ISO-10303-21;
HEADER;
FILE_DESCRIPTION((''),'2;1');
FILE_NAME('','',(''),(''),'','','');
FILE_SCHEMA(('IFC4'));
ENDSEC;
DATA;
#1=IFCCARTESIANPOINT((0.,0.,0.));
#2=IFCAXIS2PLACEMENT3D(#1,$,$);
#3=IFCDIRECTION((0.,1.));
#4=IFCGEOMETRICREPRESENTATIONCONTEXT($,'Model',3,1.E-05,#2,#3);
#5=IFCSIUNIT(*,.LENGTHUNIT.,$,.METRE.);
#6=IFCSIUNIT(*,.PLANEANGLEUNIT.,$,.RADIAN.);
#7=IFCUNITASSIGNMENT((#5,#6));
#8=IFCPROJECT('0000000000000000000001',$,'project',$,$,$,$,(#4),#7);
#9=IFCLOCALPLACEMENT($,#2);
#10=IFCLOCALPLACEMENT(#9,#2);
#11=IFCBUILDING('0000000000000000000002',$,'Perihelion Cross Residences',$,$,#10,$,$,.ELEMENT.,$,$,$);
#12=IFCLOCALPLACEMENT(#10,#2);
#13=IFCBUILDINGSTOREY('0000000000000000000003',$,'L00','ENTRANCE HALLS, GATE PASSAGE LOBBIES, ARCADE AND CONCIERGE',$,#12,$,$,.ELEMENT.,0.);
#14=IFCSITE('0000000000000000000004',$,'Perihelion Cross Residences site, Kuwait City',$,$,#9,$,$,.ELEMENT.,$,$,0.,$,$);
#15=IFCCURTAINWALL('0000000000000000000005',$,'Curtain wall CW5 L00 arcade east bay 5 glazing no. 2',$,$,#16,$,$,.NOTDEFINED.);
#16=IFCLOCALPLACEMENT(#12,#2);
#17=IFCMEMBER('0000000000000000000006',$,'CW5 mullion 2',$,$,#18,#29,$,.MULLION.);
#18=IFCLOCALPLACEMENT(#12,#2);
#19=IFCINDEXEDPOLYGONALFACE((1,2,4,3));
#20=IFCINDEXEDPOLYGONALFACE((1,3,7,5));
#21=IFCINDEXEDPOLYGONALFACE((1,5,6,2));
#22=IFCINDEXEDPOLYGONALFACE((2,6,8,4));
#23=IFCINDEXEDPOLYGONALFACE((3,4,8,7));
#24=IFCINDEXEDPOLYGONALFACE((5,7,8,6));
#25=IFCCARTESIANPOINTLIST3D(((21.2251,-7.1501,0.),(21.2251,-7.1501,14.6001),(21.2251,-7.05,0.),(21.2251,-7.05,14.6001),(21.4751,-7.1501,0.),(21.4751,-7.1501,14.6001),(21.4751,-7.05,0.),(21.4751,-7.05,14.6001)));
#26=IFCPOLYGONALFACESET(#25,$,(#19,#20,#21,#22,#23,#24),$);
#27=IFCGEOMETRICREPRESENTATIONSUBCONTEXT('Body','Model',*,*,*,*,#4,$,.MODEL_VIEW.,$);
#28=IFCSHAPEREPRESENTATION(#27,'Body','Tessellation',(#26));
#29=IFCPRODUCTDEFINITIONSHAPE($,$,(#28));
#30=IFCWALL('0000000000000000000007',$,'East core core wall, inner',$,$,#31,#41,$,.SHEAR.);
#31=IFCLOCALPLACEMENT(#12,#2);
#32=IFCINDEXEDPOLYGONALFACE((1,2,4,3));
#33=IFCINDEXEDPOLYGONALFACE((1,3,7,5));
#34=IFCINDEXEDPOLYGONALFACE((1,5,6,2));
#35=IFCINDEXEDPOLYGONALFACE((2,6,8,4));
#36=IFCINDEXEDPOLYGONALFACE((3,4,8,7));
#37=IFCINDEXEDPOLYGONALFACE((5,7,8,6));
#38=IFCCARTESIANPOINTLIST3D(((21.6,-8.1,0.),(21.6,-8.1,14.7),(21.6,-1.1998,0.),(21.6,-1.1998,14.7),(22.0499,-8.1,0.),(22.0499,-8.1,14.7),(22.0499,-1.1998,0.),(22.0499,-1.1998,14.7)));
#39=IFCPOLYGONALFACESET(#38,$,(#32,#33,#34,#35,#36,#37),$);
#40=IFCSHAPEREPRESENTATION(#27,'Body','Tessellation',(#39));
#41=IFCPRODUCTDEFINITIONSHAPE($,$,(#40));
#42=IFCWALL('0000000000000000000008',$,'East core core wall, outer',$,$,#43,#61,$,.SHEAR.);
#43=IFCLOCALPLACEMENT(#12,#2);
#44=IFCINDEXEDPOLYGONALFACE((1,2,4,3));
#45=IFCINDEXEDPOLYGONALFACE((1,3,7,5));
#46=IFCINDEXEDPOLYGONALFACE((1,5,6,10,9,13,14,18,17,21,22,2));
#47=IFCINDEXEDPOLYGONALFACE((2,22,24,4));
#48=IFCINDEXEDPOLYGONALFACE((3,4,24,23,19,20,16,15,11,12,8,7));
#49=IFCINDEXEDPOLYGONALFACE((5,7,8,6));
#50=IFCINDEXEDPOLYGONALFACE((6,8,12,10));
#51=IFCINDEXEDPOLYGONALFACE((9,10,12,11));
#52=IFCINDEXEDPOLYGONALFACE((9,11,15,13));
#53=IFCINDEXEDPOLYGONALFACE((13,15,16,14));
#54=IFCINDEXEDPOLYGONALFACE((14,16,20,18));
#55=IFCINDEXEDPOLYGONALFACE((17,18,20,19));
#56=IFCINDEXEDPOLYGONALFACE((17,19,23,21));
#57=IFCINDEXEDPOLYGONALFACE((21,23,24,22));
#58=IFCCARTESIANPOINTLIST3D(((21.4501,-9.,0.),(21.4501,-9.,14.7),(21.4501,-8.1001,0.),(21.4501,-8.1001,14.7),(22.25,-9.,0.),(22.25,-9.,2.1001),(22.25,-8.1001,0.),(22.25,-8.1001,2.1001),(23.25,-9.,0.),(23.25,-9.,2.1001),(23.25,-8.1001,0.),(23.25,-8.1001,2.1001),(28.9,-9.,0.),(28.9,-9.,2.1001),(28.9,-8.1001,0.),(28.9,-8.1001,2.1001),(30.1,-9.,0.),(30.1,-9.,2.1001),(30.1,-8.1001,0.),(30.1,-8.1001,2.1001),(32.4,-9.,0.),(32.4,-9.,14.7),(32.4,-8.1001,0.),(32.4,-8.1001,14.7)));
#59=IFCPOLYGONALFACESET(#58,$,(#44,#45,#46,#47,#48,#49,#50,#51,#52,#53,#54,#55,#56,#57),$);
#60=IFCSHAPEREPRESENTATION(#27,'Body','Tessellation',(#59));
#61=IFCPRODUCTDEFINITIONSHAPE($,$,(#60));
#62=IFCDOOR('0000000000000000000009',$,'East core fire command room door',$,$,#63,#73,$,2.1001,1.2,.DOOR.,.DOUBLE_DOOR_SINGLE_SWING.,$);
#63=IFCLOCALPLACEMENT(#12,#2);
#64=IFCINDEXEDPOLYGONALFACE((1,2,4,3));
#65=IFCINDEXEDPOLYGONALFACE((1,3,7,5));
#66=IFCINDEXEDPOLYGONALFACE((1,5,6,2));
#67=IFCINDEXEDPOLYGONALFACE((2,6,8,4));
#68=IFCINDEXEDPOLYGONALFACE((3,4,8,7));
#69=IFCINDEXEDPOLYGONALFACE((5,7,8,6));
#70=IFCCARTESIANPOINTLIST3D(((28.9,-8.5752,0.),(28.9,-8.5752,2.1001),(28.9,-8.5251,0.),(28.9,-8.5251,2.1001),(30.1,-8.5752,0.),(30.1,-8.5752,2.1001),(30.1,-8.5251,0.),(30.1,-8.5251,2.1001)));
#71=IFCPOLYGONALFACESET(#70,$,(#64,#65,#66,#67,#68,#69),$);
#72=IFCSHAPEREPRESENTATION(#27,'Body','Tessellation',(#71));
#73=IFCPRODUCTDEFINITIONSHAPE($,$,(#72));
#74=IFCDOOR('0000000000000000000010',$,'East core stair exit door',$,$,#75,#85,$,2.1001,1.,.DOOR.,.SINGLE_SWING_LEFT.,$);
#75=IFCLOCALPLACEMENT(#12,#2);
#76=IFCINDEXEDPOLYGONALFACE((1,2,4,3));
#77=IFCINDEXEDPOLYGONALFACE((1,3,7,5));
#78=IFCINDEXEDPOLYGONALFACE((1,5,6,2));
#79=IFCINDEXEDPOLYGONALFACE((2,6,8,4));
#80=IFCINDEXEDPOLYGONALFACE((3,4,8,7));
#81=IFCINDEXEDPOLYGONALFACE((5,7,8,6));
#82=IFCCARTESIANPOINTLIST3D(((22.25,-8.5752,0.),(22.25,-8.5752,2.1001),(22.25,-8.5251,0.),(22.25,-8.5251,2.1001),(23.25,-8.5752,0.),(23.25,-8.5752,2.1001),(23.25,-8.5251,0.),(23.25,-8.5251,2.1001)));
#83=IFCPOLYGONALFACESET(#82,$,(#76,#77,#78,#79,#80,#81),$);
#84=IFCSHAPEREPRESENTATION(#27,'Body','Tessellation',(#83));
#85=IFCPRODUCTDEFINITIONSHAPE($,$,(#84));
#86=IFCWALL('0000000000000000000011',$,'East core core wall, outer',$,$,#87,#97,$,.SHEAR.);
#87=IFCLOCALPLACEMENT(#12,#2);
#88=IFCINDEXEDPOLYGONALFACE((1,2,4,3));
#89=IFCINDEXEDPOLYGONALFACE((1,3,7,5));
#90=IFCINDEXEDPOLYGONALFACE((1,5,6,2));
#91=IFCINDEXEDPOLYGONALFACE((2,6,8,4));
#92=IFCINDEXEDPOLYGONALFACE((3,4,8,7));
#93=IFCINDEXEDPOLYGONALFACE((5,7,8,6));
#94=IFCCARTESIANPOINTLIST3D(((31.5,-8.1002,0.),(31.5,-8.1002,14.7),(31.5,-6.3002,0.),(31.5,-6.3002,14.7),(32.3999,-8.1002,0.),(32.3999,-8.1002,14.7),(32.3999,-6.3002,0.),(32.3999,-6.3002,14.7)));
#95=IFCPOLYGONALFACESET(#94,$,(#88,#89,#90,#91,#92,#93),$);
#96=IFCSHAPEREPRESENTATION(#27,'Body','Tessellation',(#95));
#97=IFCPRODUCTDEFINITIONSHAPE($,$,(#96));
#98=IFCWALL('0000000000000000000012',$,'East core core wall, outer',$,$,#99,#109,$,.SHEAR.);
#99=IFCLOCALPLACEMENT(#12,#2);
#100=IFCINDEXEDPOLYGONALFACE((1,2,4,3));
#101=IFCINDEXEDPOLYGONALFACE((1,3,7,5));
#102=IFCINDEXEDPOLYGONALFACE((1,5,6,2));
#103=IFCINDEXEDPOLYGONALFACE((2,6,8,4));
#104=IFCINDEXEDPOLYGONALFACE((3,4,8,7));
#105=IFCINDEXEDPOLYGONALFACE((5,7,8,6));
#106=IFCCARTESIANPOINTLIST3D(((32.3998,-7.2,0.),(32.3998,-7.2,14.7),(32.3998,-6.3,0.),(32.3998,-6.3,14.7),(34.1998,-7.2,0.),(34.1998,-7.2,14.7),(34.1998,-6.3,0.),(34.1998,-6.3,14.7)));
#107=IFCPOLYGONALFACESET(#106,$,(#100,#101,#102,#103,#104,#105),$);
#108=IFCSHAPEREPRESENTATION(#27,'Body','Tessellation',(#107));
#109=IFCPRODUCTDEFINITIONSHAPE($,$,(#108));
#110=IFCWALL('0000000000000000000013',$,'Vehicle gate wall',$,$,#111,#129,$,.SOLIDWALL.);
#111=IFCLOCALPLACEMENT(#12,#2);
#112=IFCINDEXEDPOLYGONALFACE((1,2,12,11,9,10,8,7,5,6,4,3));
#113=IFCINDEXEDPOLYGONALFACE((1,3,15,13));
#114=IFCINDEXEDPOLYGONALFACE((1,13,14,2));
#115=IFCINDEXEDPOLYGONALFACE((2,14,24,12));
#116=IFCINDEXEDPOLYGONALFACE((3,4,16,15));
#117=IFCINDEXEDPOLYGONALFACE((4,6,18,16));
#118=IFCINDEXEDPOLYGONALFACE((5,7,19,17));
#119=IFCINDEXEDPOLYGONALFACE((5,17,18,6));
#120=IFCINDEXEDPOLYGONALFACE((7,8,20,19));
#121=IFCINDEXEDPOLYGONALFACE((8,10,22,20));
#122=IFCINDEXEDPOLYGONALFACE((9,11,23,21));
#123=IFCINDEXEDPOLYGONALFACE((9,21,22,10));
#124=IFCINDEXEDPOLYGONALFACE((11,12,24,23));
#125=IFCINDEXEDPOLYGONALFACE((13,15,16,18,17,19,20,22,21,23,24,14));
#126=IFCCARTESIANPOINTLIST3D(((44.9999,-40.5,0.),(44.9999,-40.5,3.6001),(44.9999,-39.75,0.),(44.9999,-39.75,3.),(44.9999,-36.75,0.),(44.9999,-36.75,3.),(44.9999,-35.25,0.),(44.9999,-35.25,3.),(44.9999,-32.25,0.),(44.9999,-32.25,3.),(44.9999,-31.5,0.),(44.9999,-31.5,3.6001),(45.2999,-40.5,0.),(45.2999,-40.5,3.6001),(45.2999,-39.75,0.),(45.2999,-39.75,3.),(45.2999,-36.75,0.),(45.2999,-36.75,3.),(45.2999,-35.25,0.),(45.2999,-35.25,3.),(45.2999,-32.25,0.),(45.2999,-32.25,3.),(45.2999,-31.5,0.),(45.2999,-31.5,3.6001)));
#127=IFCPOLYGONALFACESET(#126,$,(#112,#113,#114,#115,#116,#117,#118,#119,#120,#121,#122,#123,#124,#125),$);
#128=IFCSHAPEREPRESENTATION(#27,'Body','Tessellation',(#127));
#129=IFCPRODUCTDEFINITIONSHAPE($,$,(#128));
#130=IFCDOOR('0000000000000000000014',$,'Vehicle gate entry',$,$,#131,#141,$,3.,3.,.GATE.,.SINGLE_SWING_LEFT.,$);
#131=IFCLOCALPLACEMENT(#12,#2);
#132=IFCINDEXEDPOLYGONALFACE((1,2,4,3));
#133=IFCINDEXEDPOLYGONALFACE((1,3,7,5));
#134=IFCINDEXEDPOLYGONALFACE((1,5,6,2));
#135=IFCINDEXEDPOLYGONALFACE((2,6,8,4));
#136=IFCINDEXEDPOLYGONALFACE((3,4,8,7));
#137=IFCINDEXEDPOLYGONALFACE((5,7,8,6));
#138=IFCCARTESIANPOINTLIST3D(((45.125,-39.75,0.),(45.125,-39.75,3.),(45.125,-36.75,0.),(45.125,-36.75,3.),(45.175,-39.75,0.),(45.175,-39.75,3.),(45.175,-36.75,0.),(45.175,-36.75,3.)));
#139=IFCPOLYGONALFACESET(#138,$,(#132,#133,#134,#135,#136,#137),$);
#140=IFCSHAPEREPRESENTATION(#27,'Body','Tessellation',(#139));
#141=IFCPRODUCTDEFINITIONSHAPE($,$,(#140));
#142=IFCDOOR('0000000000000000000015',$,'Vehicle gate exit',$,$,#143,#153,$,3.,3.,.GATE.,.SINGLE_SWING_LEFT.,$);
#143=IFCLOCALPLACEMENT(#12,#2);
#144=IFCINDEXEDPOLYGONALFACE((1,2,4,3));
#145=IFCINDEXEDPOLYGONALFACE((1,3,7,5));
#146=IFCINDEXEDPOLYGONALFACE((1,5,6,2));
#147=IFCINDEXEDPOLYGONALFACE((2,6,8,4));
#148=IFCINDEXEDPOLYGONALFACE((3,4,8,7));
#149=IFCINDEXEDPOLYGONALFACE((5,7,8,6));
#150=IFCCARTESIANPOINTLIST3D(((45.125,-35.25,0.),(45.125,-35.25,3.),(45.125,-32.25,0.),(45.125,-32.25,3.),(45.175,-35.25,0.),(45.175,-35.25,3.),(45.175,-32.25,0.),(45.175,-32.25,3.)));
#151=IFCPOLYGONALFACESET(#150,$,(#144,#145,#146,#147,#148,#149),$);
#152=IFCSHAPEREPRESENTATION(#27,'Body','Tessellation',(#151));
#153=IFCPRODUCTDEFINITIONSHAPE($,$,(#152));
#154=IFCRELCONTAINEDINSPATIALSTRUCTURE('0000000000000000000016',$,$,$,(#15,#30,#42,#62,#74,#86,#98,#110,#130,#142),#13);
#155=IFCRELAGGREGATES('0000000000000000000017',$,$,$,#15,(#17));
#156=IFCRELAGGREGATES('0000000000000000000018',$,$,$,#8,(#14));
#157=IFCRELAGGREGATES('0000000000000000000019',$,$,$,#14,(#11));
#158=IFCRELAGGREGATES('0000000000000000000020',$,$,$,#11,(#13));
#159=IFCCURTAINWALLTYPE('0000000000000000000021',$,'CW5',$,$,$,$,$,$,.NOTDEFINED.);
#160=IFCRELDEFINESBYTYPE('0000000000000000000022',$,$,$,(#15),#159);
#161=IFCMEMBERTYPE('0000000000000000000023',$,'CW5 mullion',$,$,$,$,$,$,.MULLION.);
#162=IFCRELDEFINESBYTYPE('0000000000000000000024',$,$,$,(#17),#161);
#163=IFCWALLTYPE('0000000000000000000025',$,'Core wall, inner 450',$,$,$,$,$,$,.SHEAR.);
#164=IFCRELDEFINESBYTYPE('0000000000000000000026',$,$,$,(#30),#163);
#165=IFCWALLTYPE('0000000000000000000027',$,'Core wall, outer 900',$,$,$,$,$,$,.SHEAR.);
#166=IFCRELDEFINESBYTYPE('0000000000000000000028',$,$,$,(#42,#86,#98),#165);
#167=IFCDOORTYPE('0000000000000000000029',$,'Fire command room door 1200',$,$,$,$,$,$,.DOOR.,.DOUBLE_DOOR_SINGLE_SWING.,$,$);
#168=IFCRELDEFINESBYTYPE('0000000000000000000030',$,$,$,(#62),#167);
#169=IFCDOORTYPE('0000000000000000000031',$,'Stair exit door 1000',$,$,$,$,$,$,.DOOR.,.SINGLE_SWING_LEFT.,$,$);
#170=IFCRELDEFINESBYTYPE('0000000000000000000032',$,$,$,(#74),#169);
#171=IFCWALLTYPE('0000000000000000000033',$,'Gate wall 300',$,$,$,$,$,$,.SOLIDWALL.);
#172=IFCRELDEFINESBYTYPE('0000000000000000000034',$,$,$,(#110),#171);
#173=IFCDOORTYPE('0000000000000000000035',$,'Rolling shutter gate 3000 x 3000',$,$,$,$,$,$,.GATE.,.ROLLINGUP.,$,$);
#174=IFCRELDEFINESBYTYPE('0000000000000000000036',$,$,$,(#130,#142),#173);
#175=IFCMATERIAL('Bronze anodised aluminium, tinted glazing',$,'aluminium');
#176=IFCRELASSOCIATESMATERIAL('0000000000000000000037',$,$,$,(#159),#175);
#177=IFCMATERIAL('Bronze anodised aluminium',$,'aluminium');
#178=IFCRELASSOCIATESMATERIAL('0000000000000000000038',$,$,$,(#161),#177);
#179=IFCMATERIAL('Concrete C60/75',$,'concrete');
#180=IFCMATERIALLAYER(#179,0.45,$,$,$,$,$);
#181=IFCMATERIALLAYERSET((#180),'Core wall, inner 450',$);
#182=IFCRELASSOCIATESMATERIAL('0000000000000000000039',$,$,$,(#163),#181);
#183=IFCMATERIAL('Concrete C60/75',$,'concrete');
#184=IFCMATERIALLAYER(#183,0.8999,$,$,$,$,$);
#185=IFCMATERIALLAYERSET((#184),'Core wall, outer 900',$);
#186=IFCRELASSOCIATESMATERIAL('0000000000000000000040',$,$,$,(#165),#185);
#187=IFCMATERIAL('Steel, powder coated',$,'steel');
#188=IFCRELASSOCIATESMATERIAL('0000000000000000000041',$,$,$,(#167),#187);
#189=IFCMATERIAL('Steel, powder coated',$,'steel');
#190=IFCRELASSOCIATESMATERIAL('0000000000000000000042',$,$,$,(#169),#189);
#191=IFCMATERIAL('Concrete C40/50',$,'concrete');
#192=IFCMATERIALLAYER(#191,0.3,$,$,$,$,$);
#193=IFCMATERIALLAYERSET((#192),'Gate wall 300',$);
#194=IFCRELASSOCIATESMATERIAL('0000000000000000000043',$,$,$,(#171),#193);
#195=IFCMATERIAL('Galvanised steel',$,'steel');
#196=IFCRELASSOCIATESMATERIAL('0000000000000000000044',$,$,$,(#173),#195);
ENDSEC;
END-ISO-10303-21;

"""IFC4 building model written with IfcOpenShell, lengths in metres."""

from ifc_helpers import new_model, si_unit, direction, frame, frame_2d, origin, origin_2d, place, context, subcontext, project, spatial, rectangle, extrude, material, layer, layer_set, material_profile, profile_set, type_object, element, fill, aggregate, save


model = new_model("IFC4")

# Units and contexts
model_context = context("Model", 3, precision=1e-05, world=origin(), true_north=direction((0.0, 1.0)))
body_context = subcontext(model_context, "Body", "Model", "MODEL_VIEW")
ifc_project = project(units=[si_unit("LENGTHUNIT", "METRE"), si_unit("PLANEANGLEUNIT", "RADIAN")], contexts=[model_context])

# Site, building, storey
site_placement = place(None, origin())
site = spatial("IfcSite", under=ifc_project, at=site_placement, Name="Perihelion Cross Residences site, Kuwait City", CompositionType="ELEMENT", RefElevation=0.0)
building_placement = place(site_placement, origin())
building = spatial("IfcBuilding", under=site, at=building_placement, Name="Perihelion Cross Residences", CompositionType="ELEMENT")
storey_placement = place(building_placement, origin())
storey = spatial("IfcBuildingStorey", under=building, at=storey_placement, Name="L00", Description="ENTRANCE HALLS, GATE PASSAGE LOBBIES, ARCADE AND CONCIERGE", CompositionType="ELEMENT", Elevation=0.0)

# Curtain wall, member
ifc_material_1 = material(Name="Bronze anodised aluminium, tinted glazing", Category="aluminium")
curtain_wall_type = type_object("IfcCurtainWallType", Name="CW5", PredefinedType="NOTDEFINED", material=ifc_material_1)
curtain_wall_placement = place(storey_placement, origin())
curtain_wall = element("IfcCurtainWall", 1, at=curtain_wall_placement, inside=storey, type_object=curtain_wall_type, Name="Curtain wall CW5 L00 arcade east bay 5 glazing no. 2", PredefinedType="NOTDEFINED")
ifc_material_2 = material(Name="Bronze anodised aluminium", Category="aluminium")
ifc_material_profile = material_profile(ifc_material_2, rectangle(XDim=0.1001, YDim=0.25, at=origin_2d()), Name="CW5 mullion")
ifc_profile_set = profile_set([ifc_material_profile], Name="Bronze anodised aluminium")
member_type = type_object("IfcMemberType", Name="CW5 mullion", PredefinedType="MULLION", material=ifc_profile_set)
member_placement = place(storey_placement, frame((21.3501, -7.1001, 0.0), z_axis=(0.0, 0.0, 1.0), x_axis=(0.0, 1.0, 0.0)))
member = element("IfcMember", 2, at=member_placement, type_object=member_type, Name="CW5 mullion 2", PredefinedType="MULLION", context=body_context, shape_type="SweptSolid", body=[
    extrude(rectangle(XDim=0.1001, YDim=0.25, at=origin_2d()), origin(), (0.0, 0.0, 1.0), 14.6001),
])
aggregate(curtain_wall, [member])

# Wall
ifc_material_3 = material(Name="Concrete C60/75", Category="concrete")
ifc_layer_1 = layer(ifc_material_3, 0.45)
ifc_layer_set_1 = layer_set([ifc_layer_1], Name="Core wall, inner 450")
wall_type_1 = type_object("IfcWallType", Name="Core wall, inner 450", PredefinedType="SHEAR", material=ifc_layer_set_1)
wall_1_placement = place(storey_placement, frame((21.825, -8.1001, 0.0), z_axis=(0.0, 0.0, 1.0), x_axis=(0.0, 1.0, 0.0)))
element("IfcWall", 3, at=wall_1_placement, inside=storey, type_object=wall_type_1, Name="East core core wall, inner", PredefinedType="SHEAR", context=body_context, shape_type="SweptSolid", body=[
    extrude(rectangle(XDim=6.9001, YDim=0.45, at=frame_2d((3.4502, 0.0))), origin(), (0.0, 0.0, 1.0), 14.7),
])

# Wall, openings, doors
ifc_material_4 = material(Name="Concrete C60/75", Category="concrete")
ifc_layer_2 = layer(ifc_material_4, 0.8999)
ifc_layer_set_2 = layer_set([ifc_layer_2], Name="Core wall, outer 900")
wall_type_2 = type_object("IfcWallType", Name="Core wall, outer 900", PredefinedType="SHEAR", material=ifc_layer_set_2)
wall_2_placement = place(storey_placement, frame((21.45, -8.55, 0.0), z_axis=(0.0, 0.0, 1.0), x_axis=(1.0, 0.0, 0.0)))
wall_2 = element("IfcWall", 4, at=wall_2_placement, inside=storey, type_object=wall_type_2, Name="East core core wall, outer", PredefinedType="SHEAR", context=body_context, shape_type="SweptSolid", body=[
    extrude(rectangle(XDim=10.95, YDim=0.8999, at=frame_2d((5.4751, 0.0))), origin(), (0.0, 0.0, 1.0), 14.7),
])
opening_1_placement = place(wall_2_placement, frame((0.8, 0.0, 0.0)))
opening_1 = element("IfcOpeningElement", 5, at=opening_1_placement, cuts=wall_2, PredefinedType="OPENING", context=body_context, shape_type="SweptSolid", body=[
    extrude(rectangle(XDim=1.0, YDim=2.1001, at=frame_2d((0.5, 1.05))), frame((0.0, 0.46, 0.0), z_axis=(0.0, -1.0, 0.0), x_axis=(1.0, 0.0, 0.0)), (0.0, 0.0, 1.0), 0.9199),
])
opening_2_placement = place(wall_2_placement, frame((7.45, 0.0, 0.0)))
opening_2 = element("IfcOpeningElement", 6, at=opening_2_placement, cuts=wall_2, PredefinedType="OPENING", context=body_context, shape_type="SweptSolid", body=[
    extrude(rectangle(XDim=1.2, YDim=2.1001, at=frame_2d((0.6001, 1.05))), frame((0.0, 0.46, 0.0), z_axis=(0.0, -1.0, 0.0), x_axis=(1.0, 0.0, 0.0)), (0.0, 0.0, 1.0), 0.9199),
])
ifc_material_5 = material(Name="Steel, powder coated", Category="steel")
door_type_1 = type_object("IfcDoorType", Name="Fire command room door 1200", OperationType="DOUBLE_DOOR_SINGLE_SWING", PredefinedType="DOOR", material=ifc_material_5)
door_1_placement = place(opening_2_placement, origin())
door_1 = element("IfcDoor", 7, at=door_1_placement, inside=storey, type_object=door_type_1, Name="East core fire command room door", OperationType="DOUBLE_DOOR_SINGLE_SWING", OverallHeight=2.1001, OverallWidth=1.2, PredefinedType="DOOR", context=body_context, shape_type="SweptSolid", body=[
    extrude(rectangle(XDim=1.2, YDim=2.1001, at=frame_2d((0.6001, 1.05))), frame((0.0, 0.0249, 0.0), z_axis=(0.0, -1.0, 0.0), x_axis=(1.0, 0.0, 0.0)), (0.0, 0.0, 1.0), 0.05),
])
fill(opening_2, door_1)
ifc_material_6 = material(Name="Steel, powder coated", Category="steel")
door_type_2 = type_object("IfcDoorType", Name="Stair exit door 1000", OperationType="SINGLE_SWING_LEFT", PredefinedType="DOOR", material=ifc_material_6)
door_2_placement = place(opening_1_placement, origin())
door_2 = element("IfcDoor", 8, at=door_2_placement, inside=storey, type_object=door_type_2, Name="East core stair exit door", OperationType="SINGLE_SWING_LEFT", OverallHeight=2.1001, OverallWidth=1.0, PredefinedType="DOOR", context=body_context, shape_type="SweptSolid", body=[
    extrude(rectangle(XDim=1.0, YDim=2.1001, at=frame_2d((0.5, 1.05))), frame((0.0, 0.0249, 0.0), z_axis=(0.0, -1.0, 0.0), x_axis=(1.0, 0.0, 0.0)), (0.0, 0.0, 1.0), 0.05),
])
fill(opening_1, door_2)

# Walls
for number, where, z_axis, x_axis, name in (
    (9, (31.95, -8.1001, 0.0), (0.0, 0.0, 1.0), (0.0, 1.0, 0.0), "East core core wall, outer"),
    (10, (32.3999, -6.75, 0.0), (0.0, 0.0, 1.0), (1.0, 0.0, 0.0), "East core core wall, outer"),
):
    element("IfcWall", number, at=place(storey_placement, frame(where, z_axis=z_axis, x_axis=x_axis)), inside=storey, type_object=wall_type_2, Name=name, PredefinedType="SHEAR", context=body_context, shape_type="SweptSolid", body=[
        extrude(rectangle(XDim=1.8, YDim=0.8999, at=frame_2d((0.8999, 0.0))), origin(), (0.0, 0.0, 1.0), 14.7),
    ])

# Wall, openings, doors
ifc_material_7 = material(Name="Concrete C40/50", Category="concrete")
ifc_layer_3 = layer(ifc_material_7, 0.3)
ifc_layer_set_3 = layer_set([ifc_layer_3], Name="Gate wall 300")
wall_type_3 = type_object("IfcWallType", Name="Gate wall 300", PredefinedType="SOLIDWALL", material=ifc_layer_set_3)
wall_3_placement = place(storey_placement, frame((45.1499, -40.5, 0.0), z_axis=(0.0, 0.0, 1.0), x_axis=(0.0, 1.0, 0.0)))
wall_3 = element("IfcWall", 11, at=wall_3_placement, inside=storey, type_object=wall_type_3, Name="Vehicle gate wall", PredefinedType="SOLIDWALL", context=body_context, shape_type="SweptSolid", body=[
    extrude(rectangle(XDim=9.0, YDim=0.3, at=frame_2d((4.5, 0.0))), origin(), (0.0, 0.0, 1.0), 3.6001),
])
opening_3_placement = place(wall_3_placement, frame((0.75, 0.0, 0.0)))
opening_3 = element("IfcOpeningElement", 12, at=opening_3_placement, cuts=wall_3, PredefinedType="OPENING", context=body_context, shape_type="SweptSolid", body=[
    extrude(rectangle(XDim=3.0, YDim=3.0, at=frame_2d((1.5, 1.5))), frame((0.0, 0.1599, 0.0), z_axis=(0.0, -1.0, 0.0), x_axis=(1.0, 0.0, 0.0)), (0.0, 0.0, 1.0), 0.3201),
])
opening_4_placement = place(wall_3_placement, frame((5.25, 0.0, 0.0)))
opening_4 = element("IfcOpeningElement", 13, at=opening_4_placement, cuts=wall_3, PredefinedType="OPENING", context=body_context, shape_type="SweptSolid", body=[
    extrude(rectangle(XDim=3.0, YDim=3.0, at=frame_2d((1.5, 1.5))), frame((0.0, 0.1599, 0.0), z_axis=(0.0, -1.0, 0.0), x_axis=(1.0, 0.0, 0.0)), (0.0, 0.0, 1.0), 0.3201),
])
ifc_material_8 = material(Name="Galvanised steel", Category="steel")
door_type_3 = type_object("IfcDoorType", Name="Rolling shutter gate 3000 x 3000", OperationType="ROLLINGUP", PredefinedType="GATE", material=ifc_material_8)
door_3_placement = place(opening_3_placement, origin())
door_3 = element("IfcDoor", 14, at=door_3_placement, inside=storey, type_object=door_type_3, Name="Vehicle gate entry", OperationType="SINGLE_SWING_LEFT", OverallHeight=3.0, OverallWidth=3.0, PredefinedType="GATE", context=body_context, shape_type="SweptSolid", body=[
    extrude(rectangle(XDim=3.0, YDim=3.0, at=frame_2d((1.5, 1.5))), frame((0.0, 0.0249, 0.0), z_axis=(0.0, -1.0, 0.0), x_axis=(1.0, 0.0, 0.0)), (0.0, 0.0, 1.0), 0.05),
])
fill(opening_3, door_3)
door_4_placement = place(opening_4_placement, origin())
door_4 = element("IfcDoor", 15, at=door_4_placement, inside=storey, type_object=door_type_3, Name="Vehicle gate exit", OperationType="SINGLE_SWING_LEFT", OverallHeight=3.0, OverallWidth=3.0, PredefinedType="GATE", context=body_context, shape_type="SweptSolid", body=[
    extrude(rectangle(XDim=3.0, YDim=3.0, at=frame_2d((1.5, 1.5))), frame((0.0, 0.0249, 0.0), z_axis=(0.0, -1.0, 0.0), x_axis=(1.0, 0.0, 0.0)), (0.0, 0.0, 1.0), 0.05),
])
fill(opening_4, door_4)

save(model, "model.ifc")
